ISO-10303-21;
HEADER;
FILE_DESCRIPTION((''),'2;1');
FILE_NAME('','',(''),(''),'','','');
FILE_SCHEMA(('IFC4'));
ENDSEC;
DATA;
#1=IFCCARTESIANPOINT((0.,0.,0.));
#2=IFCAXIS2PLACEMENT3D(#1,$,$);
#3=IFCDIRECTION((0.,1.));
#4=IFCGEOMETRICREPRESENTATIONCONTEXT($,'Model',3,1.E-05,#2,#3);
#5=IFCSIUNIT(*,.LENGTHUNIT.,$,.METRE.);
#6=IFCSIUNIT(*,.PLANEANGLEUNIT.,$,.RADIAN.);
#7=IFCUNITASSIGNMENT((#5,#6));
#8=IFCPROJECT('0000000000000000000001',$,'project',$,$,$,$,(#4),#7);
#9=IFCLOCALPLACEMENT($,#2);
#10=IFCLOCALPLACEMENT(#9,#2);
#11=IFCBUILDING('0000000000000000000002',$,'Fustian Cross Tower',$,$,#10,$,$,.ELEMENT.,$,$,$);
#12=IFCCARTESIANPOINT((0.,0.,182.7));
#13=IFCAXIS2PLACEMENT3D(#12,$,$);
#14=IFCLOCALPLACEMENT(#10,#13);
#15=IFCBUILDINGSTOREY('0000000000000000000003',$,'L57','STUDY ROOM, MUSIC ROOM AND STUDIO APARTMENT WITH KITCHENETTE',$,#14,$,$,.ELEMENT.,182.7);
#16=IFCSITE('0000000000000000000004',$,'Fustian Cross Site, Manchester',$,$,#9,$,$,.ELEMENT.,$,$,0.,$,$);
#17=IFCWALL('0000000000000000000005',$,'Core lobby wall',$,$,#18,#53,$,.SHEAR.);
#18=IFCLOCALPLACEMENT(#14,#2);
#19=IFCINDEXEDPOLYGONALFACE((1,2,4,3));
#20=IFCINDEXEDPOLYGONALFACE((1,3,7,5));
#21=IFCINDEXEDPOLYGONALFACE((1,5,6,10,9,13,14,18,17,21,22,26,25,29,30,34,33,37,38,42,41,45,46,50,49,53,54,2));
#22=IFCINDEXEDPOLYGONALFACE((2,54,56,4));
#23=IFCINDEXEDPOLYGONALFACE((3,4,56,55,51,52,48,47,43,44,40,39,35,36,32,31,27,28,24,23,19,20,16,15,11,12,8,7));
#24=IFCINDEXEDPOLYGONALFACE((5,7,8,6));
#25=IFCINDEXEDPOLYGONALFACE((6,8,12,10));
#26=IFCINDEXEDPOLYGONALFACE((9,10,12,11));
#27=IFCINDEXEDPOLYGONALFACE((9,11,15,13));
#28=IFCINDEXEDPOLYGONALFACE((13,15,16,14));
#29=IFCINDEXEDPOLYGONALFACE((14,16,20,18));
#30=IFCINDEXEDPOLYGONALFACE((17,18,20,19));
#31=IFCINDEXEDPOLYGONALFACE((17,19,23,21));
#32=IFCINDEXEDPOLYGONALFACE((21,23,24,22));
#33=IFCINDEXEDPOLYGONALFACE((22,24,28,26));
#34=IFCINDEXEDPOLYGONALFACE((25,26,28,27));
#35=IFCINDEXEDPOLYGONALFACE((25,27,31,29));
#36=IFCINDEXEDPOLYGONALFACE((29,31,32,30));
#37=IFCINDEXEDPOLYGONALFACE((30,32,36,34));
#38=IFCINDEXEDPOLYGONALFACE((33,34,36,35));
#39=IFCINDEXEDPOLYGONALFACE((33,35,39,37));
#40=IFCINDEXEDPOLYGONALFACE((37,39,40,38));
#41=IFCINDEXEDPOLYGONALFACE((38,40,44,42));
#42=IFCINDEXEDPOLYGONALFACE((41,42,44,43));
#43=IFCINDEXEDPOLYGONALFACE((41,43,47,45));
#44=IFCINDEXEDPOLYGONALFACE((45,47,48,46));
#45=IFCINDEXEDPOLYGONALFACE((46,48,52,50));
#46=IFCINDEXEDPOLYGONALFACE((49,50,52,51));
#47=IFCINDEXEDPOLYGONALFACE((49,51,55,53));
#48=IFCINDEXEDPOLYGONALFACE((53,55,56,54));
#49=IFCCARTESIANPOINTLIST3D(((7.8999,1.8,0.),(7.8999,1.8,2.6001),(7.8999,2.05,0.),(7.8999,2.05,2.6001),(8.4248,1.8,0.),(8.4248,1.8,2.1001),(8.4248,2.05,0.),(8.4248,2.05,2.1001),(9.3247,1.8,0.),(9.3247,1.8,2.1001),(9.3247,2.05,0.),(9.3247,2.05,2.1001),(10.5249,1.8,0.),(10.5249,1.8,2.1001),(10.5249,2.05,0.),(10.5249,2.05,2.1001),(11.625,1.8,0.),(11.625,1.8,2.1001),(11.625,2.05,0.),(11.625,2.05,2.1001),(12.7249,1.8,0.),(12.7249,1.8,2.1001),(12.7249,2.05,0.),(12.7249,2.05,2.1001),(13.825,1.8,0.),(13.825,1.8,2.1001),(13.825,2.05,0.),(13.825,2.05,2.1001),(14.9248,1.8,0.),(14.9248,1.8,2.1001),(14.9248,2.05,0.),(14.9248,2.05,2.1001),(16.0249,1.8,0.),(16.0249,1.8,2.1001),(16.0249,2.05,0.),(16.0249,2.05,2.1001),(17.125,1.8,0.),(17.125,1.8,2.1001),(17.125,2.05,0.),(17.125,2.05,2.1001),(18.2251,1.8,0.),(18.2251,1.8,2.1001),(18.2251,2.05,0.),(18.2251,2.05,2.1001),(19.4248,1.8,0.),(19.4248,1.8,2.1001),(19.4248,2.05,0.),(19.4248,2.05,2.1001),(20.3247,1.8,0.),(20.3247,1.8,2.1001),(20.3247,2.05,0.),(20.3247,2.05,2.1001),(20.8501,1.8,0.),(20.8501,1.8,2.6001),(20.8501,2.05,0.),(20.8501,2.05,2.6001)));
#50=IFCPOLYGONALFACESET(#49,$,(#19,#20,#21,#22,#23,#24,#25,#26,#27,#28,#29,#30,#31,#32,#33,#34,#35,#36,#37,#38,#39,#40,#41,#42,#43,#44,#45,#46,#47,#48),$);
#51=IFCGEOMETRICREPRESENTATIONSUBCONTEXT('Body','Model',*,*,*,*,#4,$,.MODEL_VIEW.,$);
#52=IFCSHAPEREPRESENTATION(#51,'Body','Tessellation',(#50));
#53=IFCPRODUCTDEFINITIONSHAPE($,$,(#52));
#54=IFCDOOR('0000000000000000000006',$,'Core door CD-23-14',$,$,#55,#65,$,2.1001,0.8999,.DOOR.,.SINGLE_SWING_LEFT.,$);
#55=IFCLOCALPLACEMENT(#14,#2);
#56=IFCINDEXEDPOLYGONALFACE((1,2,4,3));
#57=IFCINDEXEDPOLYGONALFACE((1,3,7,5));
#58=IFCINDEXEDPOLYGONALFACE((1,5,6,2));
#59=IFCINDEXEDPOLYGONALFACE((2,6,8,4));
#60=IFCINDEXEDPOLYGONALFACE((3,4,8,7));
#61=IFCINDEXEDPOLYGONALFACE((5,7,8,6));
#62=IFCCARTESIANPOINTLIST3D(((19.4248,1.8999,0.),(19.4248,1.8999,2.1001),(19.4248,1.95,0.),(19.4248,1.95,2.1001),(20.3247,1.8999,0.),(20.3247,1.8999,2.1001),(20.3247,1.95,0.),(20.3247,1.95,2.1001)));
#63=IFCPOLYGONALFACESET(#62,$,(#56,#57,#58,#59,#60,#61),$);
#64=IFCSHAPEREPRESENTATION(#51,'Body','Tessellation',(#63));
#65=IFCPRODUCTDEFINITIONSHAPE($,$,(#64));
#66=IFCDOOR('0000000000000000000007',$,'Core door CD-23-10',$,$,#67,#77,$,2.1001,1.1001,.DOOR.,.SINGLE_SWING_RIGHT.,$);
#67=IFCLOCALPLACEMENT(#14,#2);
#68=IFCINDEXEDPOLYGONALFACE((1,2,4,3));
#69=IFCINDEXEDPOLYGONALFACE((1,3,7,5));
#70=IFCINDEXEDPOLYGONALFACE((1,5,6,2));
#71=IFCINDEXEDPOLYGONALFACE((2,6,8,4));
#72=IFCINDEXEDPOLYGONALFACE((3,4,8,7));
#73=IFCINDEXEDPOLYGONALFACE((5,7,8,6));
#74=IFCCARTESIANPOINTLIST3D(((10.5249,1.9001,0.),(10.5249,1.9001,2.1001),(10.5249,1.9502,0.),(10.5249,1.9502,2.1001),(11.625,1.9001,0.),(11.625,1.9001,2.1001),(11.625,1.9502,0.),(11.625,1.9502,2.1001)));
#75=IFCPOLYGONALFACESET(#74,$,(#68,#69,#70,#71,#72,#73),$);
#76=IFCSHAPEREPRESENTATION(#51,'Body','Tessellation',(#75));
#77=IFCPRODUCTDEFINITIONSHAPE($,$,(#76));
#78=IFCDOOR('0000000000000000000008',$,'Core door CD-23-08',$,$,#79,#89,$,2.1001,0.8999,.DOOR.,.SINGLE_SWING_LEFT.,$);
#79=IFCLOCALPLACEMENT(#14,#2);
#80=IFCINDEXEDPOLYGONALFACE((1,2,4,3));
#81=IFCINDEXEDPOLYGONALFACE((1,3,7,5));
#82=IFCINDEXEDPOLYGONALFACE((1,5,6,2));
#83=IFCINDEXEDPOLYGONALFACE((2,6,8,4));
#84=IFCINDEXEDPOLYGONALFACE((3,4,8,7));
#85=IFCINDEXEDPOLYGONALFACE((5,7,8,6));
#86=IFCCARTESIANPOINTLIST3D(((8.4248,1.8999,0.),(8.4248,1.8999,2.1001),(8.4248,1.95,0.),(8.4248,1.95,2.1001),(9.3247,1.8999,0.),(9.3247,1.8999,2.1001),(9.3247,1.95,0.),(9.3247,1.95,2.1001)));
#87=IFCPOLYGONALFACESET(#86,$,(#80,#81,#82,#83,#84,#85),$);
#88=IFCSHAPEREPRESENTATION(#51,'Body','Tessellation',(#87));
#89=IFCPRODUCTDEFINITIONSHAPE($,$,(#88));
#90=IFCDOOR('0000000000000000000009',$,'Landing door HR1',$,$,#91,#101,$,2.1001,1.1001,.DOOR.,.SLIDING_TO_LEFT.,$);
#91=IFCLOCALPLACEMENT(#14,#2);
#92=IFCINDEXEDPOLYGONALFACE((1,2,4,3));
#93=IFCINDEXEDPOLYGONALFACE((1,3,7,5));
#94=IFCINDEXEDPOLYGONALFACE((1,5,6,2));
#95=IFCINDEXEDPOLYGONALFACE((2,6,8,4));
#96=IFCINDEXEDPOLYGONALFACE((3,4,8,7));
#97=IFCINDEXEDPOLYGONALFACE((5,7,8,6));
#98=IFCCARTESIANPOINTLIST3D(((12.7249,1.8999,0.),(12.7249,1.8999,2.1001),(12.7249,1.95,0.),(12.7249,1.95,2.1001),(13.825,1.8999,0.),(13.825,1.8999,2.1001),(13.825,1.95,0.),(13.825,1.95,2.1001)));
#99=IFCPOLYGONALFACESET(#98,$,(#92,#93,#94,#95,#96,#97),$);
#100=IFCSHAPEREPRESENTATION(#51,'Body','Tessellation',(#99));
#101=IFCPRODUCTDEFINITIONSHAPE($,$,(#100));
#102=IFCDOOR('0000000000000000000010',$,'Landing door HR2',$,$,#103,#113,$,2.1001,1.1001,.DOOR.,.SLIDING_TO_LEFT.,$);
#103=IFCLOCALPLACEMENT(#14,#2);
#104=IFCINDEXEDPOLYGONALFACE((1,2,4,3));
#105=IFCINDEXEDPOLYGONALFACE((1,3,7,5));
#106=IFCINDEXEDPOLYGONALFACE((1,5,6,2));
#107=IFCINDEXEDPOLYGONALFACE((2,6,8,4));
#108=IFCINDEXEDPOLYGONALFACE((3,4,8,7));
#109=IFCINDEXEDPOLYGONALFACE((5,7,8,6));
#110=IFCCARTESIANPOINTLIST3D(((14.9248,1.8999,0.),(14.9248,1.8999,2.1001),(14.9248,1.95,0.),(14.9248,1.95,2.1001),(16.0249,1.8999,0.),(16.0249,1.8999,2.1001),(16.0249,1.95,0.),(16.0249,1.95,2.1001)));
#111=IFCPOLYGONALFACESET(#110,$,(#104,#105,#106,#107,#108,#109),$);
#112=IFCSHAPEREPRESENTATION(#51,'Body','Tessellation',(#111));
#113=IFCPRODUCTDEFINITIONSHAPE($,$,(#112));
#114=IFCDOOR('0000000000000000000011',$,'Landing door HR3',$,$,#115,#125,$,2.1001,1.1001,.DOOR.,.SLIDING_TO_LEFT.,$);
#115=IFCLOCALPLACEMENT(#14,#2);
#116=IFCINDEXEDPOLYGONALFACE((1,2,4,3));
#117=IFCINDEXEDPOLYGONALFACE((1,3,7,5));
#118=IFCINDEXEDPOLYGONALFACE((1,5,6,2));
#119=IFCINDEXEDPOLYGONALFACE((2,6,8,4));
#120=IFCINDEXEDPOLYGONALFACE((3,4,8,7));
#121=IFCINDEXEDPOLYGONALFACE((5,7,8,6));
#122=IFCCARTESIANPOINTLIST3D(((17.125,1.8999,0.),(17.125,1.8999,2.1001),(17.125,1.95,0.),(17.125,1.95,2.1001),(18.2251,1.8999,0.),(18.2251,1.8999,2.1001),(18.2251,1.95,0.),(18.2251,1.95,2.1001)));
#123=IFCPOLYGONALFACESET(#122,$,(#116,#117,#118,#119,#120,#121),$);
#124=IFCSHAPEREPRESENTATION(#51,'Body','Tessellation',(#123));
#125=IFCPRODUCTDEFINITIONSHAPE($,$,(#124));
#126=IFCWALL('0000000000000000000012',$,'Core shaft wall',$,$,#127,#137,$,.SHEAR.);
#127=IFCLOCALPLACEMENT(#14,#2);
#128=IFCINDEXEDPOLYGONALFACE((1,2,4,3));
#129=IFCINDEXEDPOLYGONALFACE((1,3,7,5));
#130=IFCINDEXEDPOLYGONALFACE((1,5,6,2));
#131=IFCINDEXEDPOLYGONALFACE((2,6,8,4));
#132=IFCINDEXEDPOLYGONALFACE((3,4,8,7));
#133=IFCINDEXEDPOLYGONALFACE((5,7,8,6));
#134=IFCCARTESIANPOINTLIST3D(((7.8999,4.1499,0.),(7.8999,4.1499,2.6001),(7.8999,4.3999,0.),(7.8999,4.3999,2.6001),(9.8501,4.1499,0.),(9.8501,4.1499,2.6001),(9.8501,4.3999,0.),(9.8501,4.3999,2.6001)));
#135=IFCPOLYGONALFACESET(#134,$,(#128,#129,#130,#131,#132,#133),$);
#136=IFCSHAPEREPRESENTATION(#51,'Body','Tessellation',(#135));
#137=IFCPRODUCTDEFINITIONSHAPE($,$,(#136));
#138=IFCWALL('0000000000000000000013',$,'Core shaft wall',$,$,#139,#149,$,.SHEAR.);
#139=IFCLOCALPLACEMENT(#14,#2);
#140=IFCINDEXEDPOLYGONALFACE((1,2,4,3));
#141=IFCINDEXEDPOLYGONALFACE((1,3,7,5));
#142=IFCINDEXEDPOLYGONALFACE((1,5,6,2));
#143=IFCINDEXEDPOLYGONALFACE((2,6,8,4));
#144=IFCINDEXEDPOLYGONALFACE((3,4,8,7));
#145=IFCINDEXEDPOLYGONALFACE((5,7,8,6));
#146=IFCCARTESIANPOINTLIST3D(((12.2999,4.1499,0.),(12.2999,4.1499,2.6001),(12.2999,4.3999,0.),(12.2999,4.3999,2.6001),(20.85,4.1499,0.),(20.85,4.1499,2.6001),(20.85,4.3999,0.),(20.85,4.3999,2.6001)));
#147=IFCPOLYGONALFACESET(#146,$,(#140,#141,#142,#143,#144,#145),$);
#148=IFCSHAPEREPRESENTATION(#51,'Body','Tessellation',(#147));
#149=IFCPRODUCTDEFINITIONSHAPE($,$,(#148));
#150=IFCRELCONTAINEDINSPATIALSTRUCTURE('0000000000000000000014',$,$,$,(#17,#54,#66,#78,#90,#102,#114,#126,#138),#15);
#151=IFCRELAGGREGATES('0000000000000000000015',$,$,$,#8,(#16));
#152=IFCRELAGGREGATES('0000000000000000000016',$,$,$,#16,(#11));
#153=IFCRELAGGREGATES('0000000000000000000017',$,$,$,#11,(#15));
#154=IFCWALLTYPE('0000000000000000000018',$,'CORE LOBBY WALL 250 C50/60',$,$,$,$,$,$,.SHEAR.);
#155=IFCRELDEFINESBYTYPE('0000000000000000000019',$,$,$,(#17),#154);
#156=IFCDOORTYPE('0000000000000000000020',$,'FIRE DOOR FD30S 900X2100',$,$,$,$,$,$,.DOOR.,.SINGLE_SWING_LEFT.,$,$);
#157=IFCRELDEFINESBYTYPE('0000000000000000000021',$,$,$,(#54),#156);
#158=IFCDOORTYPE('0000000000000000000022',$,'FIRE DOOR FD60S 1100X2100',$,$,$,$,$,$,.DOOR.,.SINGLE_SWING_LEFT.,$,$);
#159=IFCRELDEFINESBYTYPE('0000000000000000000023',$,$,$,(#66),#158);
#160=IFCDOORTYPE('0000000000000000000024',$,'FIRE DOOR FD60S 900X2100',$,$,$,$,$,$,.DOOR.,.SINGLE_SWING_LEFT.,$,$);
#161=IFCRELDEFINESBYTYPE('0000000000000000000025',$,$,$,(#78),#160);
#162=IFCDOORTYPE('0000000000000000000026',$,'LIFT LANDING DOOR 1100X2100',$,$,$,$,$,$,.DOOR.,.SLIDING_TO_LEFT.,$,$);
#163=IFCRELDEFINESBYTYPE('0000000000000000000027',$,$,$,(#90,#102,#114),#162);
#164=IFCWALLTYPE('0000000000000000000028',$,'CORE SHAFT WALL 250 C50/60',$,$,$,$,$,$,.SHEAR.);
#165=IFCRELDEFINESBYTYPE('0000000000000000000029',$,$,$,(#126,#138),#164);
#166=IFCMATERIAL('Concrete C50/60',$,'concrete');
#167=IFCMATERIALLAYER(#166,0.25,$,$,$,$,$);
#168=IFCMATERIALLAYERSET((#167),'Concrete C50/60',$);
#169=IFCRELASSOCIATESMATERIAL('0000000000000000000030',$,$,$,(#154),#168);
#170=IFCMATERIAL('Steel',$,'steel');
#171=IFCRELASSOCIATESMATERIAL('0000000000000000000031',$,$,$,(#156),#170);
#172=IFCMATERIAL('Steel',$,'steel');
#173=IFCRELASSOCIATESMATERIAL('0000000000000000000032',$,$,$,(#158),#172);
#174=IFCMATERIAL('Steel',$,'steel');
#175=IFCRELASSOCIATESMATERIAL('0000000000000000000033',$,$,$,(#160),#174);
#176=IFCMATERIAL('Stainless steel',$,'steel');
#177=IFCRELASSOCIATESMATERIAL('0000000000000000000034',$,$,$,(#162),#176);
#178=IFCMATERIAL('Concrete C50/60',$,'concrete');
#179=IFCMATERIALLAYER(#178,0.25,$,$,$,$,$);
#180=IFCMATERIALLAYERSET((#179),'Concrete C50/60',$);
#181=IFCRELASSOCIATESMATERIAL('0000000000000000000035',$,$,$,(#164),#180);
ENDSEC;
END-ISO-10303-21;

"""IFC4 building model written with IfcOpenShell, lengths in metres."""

from ifc_helpers import new_model, si_unit, direction, frame, frame_2d, origin, place, context, subcontext, project, spatial, rectangle, extrude, material, layer, layer_set, type_object, element, fill, save


model = new_model("IFC4")

# Units and contexts
model_context = context("Model", 3, precision=1e-05, world=origin(), true_north=direction((0.0, 1.0)))
body_context = subcontext(model_context, "Body", "Model", "MODEL_VIEW")
ifc_project = project(units=[si_unit("LENGTHUNIT", "METRE"), si_unit("PLANEANGLEUNIT", "RADIAN")], contexts=[model_context])

# Site, building, storey
site_placement = place(None, origin())
site = spatial("IfcSite", under=ifc_project, at=site_placement, Name="Fustian Cross Site, Manchester", CompositionType="ELEMENT", RefElevation=0.0)
building_placement = place(site_placement, origin())
building = spatial("IfcBuilding", under=site, at=building_placement, Name="Fustian Cross Tower", CompositionType="ELEMENT")
storey_placement = place(building_placement, frame((0.0, 0.0, 182.7)))
storey = spatial("IfcBuildingStorey", under=building, at=storey_placement, Name="L57", Description="STUDY ROOM, MUSIC ROOM AND STUDIO APARTMENT WITH KITCHENETTE", CompositionType="ELEMENT", Elevation=182.7)

# Wall, openings, doors
ifc_material_1 = material(Name="Concrete C50/60", Category="concrete")
ifc_layer_1 = layer(ifc_material_1, 0.25)
ifc_layer_set_1 = layer_set([ifc_layer_1], Name="Concrete C50/60")
wall_type_1 = type_object("IfcWallType", Name="CORE LOBBY WALL 250 C50/60", PredefinedType="SHEAR", material=ifc_layer_set_1)
wall_1_placement = place(storey_placement, frame((7.8999, 1.925, 0.0), z_axis=(0.0, 0.0, 1.0), x_axis=(1.0, 0.0, 0.0)))
wall_1 = element("IfcWall", 1, at=wall_1_placement, inside=storey, type_object=wall_type_1, Name="Core lobby wall", PredefinedType="SHEAR", context=body_context, shape_type="SweptSolid", body=[
    extrude(rectangle(XDim=12.9502, YDim=0.25, at=frame_2d((6.4751, 0.0))), origin(), (0.0, 0.0, 1.0), 2.6001),
])
opening_1_placement = place(wall_1_placement, frame((4.825, 0.0, 0.0)))
opening_1 = element("IfcOpeningElement", 2, at=opening_1_placement, cuts=wall_1, PredefinedType="OPENING", context=body_context, shape_type="SweptSolid", body=[
    extrude(rectangle(XDim=1.1001, YDim=2.1001, at=frame_2d((0.55, 1.05))), frame((0.0, 0.135, 0.0), z_axis=(0.0, -1.0, 0.0), x_axis=(1.0, 0.0, 0.0)), (0.0, 0.0, 1.0), 0.27),
])
opening_2_placement = place(wall_1_placement, frame((7.0249, 0.0, 0.0)))
opening_2 = element("IfcOpeningElement", 3, at=opening_2_placement, cuts=wall_1, PredefinedType="OPENING", context=body_context, shape_type="SweptSolid", body=[
    extrude(rectangle(XDim=1.1001, YDim=2.1001, at=frame_2d((0.55, 1.05))), frame((0.0, 0.135, 0.0), z_axis=(0.0, -1.0, 0.0), x_axis=(1.0, 0.0, 0.0)), (0.0, 0.0, 1.0), 0.27),
])
opening_3_placement = place(wall_1_placement, frame((9.2251, 0.0, 0.0)))
opening_3 = element("IfcOpeningElement", 4, at=opening_3_placement, cuts=wall_1, PredefinedType="OPENING", context=body_context, shape_type="SweptSolid", body=[
    extrude(rectangle(XDim=1.1001, YDim=2.1001, at=frame_2d((0.55, 1.05))), frame((0.0, 0.135, 0.0), z_axis=(0.0, -1.0, 0.0), x_axis=(1.0, 0.0, 0.0)), (0.0, 0.0, 1.0), 0.27),
])
opening_4_placement = place(wall_1_placement, frame((0.5249, 0.0, 0.0)))
opening_4 = element("IfcOpeningElement", 5, at=opening_4_placement, cuts=wall_1, PredefinedType="OPENING", context=body_context, shape_type="SweptSolid", body=[
    extrude(rectangle(XDim=0.8999, YDim=2.1001, at=frame_2d((0.45, 1.05))), frame((0.0, 0.135, 0.0), z_axis=(0.0, -1.0, 0.0), x_axis=(1.0, 0.0, 0.0)), (0.0, 0.0, 1.0), 0.27),
])
opening_5_placement = place(wall_1_placement, frame((2.625, 0.0, 0.0)))
opening_5 = element("IfcOpeningElement", 6, at=opening_5_placement, cuts=wall_1, PredefinedType="OPENING", context=body_context, shape_type="SweptSolid", body=[
    extrude(rectangle(XDim=1.1001, YDim=2.1001, at=frame_2d((0.55, 1.05))), frame((0.0, 0.135, 0.0), z_axis=(0.0, -1.0, 0.0), x_axis=(1.0, 0.0, 0.0)), (0.0, 0.0, 1.0), 0.27),
])
opening_6_placement = place(wall_1_placement, frame((11.5249, 0.0, 0.0)))
opening_6 = element("IfcOpeningElement", 7, at=opening_6_placement, cuts=wall_1, PredefinedType="OPENING", context=body_context, shape_type="SweptSolid", body=[
    extrude(rectangle(XDim=0.8999, YDim=2.1001, at=frame_2d((0.45, 1.05))), frame((0.0, 0.135, 0.0), z_axis=(0.0, -1.0, 0.0), x_axis=(1.0, 0.0, 0.0)), (0.0, 0.0, 1.0), 0.27),
])
ifc_material_2 = material(Name="Steel", Category="steel")
door_type_1 = type_object("IfcDoorType", Name="FIRE DOOR FD30S 900X2100", OperationType="SINGLE_SWING_LEFT", PredefinedType="DOOR", material=ifc_material_2)
door_1_placement = place(opening_6_placement, origin())
door_1 = element("IfcDoor", 8, at=door_1_placement, inside=storey, type_object=door_type_1, Name="Core door CD-23-14", OperationType="SINGLE_SWING_LEFT", OverallHeight=2.1001, OverallWidth=0.8999, PredefinedType="DOOR", context=body_context, shape_type="SweptSolid", body=[
    extrude(rectangle(XDim=0.8999, YDim=2.1001, at=frame_2d((0.45, 1.05))), frame((0.0, 0.0249, 0.0), z_axis=(0.0, -1.0, 0.0), x_axis=(1.0, 0.0, 0.0)), (0.0, 0.0, 1.0), 0.05),
])
fill(opening_6, door_1)
ifc_material_3 = material(Name="Steel", Category="steel")
door_type_2 = type_object("IfcDoorType", Name="FIRE DOOR FD60S 1100X2100", OperationType="SINGLE_SWING_LEFT", PredefinedType="DOOR", material=ifc_material_3)
door_2_placement = place(opening_5_placement, frame((1.1001, 0.0, 0.0), z_axis=(0.0, 0.0, 1.0), x_axis=(-1.0, 0.0, 0.0)))
door_2 = element("IfcDoor", 9, at=door_2_placement, inside=storey, type_object=door_type_2, Name="Core door CD-23-10", OperationType="SINGLE_SWING_RIGHT", OverallHeight=2.1001, OverallWidth=1.1001, PredefinedType="DOOR", context=body_context, shape_type="SweptSolid", body=[
    extrude(rectangle(XDim=1.1001, YDim=2.1001, at=frame_2d((0.55, 1.05))), frame((0.0, 0.0249, 0.0), z_axis=(0.0, -1.0, 0.0), x_axis=(1.0, 0.0, 0.0)), (0.0, 0.0, 1.0), 0.05),
])
fill(opening_5, door_2)
ifc_material_4 = material(Name="Steel", Category="steel")
door_type_3 = type_object("IfcDoorType", Name="FIRE DOOR FD60S 900X2100", OperationType="SINGLE_SWING_LEFT", PredefinedType="DOOR", material=ifc_material_4)
door_3_placement = place(opening_4_placement, origin())
door_3 = element("IfcDoor", 10, at=door_3_placement, inside=storey, type_object=door_type_3, Name="Core door CD-23-08", OperationType="SINGLE_SWING_LEFT", OverallHeight=2.1001, OverallWidth=0.8999, PredefinedType="DOOR", context=body_context, shape_type="SweptSolid", body=[
    extrude(rectangle(XDim=0.8999, YDim=2.1001, at=frame_2d((0.45, 1.05))), frame((0.0, 0.0249, 0.0), z_axis=(0.0, -1.0, 0.0), x_axis=(1.0, 0.0, 0.0)), (0.0, 0.0, 1.0), 0.05),
])
fill(opening_4, door_3)
ifc_material_5 = material(Name="Stainless steel", Category="steel")
door_type_4 = type_object("IfcDoorType", Name="LIFT LANDING DOOR 1100X2100", OperationType="SLIDING_TO_LEFT", PredefinedType="DOOR", material=ifc_material_5)
door_4_placement = place(opening_1_placement, origin())
door_4 = element("IfcDoor", 11, at=door_4_placement, inside=storey, type_object=door_type_4, Name="Landing door HR1", OperationType="SLIDING_TO_LEFT", OverallHeight=2.1001, OverallWidth=1.1001, PredefinedType="DOOR", context=body_context, shape_type="SweptSolid", body=[
    extrude(rectangle(XDim=1.1001, YDim=2.1001, at=frame_2d((0.55, 1.05))), frame((0.0, 0.0249, 0.0), z_axis=(0.0, -1.0, 0.0), x_axis=(1.0, 0.0, 0.0)), (0.0, 0.0, 1.0), 0.05),
])
fill(opening_1, door_4)
door_5_placement = place(opening_2_placement, origin())
door_5 = element("IfcDoor", 12, at=door_5_placement, inside=storey, type_object=door_type_4, Name="Landing door HR2", OperationType="SLIDING_TO_LEFT", OverallHeight=2.1001, OverallWidth=1.1001, PredefinedType="DOOR", context=body_context, shape_type="SweptSolid", body=[
    extrude(rectangle(XDim=1.1001, YDim=2.1001, at=frame_2d((0.55, 1.05))), frame((0.0, 0.0249, 0.0), z_axis=(0.0, -1.0, 0.0), x_axis=(1.0, 0.0, 0.0)), (0.0, 0.0, 1.0), 0.05),
])
fill(opening_2, door_5)
door_6_placement = place(opening_3_placement, origin())
door_6 = element("IfcDoor", 13, at=door_6_placement, inside=storey, type_object=door_type_4, Name="Landing door HR3", OperationType="SLIDING_TO_LEFT", OverallHeight=2.1001, OverallWidth=1.1001, PredefinedType="DOOR", context=body_context, shape_type="SweptSolid", body=[
    extrude(rectangle(XDim=1.1001, YDim=2.1001, at=frame_2d((0.55, 1.05))), frame((0.0, 0.0249, 0.0), z_axis=(0.0, -1.0, 0.0), x_axis=(1.0, 0.0, 0.0)), (0.0, 0.0, 1.0), 0.05),
])
fill(opening_3, door_6)

# Walls
ifc_material_6 = material(Name="Concrete C50/60", Category="concrete")
ifc_layer_2 = layer(ifc_material_6, 0.25)
ifc_layer_set_2 = layer_set([ifc_layer_2], Name="Concrete C50/60")
wall_type_2 = type_object("IfcWallType", Name="CORE SHAFT WALL 250 C50/60", PredefinedType="SHEAR", material=ifc_layer_set_2)
wall_2_placement = place(storey_placement, frame((7.8999, 4.2749, 0.0), z_axis=(0.0, 0.0, 1.0), x_axis=(1.0, 0.0, 0.0)))
element("IfcWall", 14, at=wall_2_placement, inside=storey, type_object=wall_type_2, Name="Core shaft wall", PredefinedType="SHEAR", context=body_context, shape_type="SweptSolid", body=[
    extrude(rectangle(XDim=1.9502, YDim=0.25, at=frame_2d((0.9751, 0.0))), origin(), (0.0, 0.0, 1.0), 2.6001),
])
wall_3_placement = place(storey_placement, frame((12.3, 4.2749, 0.0), z_axis=(0.0, 0.0, 1.0), x_axis=(1.0, 0.0, 0.0)))
element("IfcWall", 15, at=wall_3_placement, inside=storey, type_object=wall_type_2, Name="Core shaft wall", PredefinedType="SHEAR", context=body_context, shape_type="SweptSolid", body=[
    extrude(rectangle(XDim=8.55, YDim=0.25, at=frame_2d((4.2749, 0.0))), origin(), (0.0, 0.0, 1.0), 2.6001),
])

save(model, "model.ifc")
